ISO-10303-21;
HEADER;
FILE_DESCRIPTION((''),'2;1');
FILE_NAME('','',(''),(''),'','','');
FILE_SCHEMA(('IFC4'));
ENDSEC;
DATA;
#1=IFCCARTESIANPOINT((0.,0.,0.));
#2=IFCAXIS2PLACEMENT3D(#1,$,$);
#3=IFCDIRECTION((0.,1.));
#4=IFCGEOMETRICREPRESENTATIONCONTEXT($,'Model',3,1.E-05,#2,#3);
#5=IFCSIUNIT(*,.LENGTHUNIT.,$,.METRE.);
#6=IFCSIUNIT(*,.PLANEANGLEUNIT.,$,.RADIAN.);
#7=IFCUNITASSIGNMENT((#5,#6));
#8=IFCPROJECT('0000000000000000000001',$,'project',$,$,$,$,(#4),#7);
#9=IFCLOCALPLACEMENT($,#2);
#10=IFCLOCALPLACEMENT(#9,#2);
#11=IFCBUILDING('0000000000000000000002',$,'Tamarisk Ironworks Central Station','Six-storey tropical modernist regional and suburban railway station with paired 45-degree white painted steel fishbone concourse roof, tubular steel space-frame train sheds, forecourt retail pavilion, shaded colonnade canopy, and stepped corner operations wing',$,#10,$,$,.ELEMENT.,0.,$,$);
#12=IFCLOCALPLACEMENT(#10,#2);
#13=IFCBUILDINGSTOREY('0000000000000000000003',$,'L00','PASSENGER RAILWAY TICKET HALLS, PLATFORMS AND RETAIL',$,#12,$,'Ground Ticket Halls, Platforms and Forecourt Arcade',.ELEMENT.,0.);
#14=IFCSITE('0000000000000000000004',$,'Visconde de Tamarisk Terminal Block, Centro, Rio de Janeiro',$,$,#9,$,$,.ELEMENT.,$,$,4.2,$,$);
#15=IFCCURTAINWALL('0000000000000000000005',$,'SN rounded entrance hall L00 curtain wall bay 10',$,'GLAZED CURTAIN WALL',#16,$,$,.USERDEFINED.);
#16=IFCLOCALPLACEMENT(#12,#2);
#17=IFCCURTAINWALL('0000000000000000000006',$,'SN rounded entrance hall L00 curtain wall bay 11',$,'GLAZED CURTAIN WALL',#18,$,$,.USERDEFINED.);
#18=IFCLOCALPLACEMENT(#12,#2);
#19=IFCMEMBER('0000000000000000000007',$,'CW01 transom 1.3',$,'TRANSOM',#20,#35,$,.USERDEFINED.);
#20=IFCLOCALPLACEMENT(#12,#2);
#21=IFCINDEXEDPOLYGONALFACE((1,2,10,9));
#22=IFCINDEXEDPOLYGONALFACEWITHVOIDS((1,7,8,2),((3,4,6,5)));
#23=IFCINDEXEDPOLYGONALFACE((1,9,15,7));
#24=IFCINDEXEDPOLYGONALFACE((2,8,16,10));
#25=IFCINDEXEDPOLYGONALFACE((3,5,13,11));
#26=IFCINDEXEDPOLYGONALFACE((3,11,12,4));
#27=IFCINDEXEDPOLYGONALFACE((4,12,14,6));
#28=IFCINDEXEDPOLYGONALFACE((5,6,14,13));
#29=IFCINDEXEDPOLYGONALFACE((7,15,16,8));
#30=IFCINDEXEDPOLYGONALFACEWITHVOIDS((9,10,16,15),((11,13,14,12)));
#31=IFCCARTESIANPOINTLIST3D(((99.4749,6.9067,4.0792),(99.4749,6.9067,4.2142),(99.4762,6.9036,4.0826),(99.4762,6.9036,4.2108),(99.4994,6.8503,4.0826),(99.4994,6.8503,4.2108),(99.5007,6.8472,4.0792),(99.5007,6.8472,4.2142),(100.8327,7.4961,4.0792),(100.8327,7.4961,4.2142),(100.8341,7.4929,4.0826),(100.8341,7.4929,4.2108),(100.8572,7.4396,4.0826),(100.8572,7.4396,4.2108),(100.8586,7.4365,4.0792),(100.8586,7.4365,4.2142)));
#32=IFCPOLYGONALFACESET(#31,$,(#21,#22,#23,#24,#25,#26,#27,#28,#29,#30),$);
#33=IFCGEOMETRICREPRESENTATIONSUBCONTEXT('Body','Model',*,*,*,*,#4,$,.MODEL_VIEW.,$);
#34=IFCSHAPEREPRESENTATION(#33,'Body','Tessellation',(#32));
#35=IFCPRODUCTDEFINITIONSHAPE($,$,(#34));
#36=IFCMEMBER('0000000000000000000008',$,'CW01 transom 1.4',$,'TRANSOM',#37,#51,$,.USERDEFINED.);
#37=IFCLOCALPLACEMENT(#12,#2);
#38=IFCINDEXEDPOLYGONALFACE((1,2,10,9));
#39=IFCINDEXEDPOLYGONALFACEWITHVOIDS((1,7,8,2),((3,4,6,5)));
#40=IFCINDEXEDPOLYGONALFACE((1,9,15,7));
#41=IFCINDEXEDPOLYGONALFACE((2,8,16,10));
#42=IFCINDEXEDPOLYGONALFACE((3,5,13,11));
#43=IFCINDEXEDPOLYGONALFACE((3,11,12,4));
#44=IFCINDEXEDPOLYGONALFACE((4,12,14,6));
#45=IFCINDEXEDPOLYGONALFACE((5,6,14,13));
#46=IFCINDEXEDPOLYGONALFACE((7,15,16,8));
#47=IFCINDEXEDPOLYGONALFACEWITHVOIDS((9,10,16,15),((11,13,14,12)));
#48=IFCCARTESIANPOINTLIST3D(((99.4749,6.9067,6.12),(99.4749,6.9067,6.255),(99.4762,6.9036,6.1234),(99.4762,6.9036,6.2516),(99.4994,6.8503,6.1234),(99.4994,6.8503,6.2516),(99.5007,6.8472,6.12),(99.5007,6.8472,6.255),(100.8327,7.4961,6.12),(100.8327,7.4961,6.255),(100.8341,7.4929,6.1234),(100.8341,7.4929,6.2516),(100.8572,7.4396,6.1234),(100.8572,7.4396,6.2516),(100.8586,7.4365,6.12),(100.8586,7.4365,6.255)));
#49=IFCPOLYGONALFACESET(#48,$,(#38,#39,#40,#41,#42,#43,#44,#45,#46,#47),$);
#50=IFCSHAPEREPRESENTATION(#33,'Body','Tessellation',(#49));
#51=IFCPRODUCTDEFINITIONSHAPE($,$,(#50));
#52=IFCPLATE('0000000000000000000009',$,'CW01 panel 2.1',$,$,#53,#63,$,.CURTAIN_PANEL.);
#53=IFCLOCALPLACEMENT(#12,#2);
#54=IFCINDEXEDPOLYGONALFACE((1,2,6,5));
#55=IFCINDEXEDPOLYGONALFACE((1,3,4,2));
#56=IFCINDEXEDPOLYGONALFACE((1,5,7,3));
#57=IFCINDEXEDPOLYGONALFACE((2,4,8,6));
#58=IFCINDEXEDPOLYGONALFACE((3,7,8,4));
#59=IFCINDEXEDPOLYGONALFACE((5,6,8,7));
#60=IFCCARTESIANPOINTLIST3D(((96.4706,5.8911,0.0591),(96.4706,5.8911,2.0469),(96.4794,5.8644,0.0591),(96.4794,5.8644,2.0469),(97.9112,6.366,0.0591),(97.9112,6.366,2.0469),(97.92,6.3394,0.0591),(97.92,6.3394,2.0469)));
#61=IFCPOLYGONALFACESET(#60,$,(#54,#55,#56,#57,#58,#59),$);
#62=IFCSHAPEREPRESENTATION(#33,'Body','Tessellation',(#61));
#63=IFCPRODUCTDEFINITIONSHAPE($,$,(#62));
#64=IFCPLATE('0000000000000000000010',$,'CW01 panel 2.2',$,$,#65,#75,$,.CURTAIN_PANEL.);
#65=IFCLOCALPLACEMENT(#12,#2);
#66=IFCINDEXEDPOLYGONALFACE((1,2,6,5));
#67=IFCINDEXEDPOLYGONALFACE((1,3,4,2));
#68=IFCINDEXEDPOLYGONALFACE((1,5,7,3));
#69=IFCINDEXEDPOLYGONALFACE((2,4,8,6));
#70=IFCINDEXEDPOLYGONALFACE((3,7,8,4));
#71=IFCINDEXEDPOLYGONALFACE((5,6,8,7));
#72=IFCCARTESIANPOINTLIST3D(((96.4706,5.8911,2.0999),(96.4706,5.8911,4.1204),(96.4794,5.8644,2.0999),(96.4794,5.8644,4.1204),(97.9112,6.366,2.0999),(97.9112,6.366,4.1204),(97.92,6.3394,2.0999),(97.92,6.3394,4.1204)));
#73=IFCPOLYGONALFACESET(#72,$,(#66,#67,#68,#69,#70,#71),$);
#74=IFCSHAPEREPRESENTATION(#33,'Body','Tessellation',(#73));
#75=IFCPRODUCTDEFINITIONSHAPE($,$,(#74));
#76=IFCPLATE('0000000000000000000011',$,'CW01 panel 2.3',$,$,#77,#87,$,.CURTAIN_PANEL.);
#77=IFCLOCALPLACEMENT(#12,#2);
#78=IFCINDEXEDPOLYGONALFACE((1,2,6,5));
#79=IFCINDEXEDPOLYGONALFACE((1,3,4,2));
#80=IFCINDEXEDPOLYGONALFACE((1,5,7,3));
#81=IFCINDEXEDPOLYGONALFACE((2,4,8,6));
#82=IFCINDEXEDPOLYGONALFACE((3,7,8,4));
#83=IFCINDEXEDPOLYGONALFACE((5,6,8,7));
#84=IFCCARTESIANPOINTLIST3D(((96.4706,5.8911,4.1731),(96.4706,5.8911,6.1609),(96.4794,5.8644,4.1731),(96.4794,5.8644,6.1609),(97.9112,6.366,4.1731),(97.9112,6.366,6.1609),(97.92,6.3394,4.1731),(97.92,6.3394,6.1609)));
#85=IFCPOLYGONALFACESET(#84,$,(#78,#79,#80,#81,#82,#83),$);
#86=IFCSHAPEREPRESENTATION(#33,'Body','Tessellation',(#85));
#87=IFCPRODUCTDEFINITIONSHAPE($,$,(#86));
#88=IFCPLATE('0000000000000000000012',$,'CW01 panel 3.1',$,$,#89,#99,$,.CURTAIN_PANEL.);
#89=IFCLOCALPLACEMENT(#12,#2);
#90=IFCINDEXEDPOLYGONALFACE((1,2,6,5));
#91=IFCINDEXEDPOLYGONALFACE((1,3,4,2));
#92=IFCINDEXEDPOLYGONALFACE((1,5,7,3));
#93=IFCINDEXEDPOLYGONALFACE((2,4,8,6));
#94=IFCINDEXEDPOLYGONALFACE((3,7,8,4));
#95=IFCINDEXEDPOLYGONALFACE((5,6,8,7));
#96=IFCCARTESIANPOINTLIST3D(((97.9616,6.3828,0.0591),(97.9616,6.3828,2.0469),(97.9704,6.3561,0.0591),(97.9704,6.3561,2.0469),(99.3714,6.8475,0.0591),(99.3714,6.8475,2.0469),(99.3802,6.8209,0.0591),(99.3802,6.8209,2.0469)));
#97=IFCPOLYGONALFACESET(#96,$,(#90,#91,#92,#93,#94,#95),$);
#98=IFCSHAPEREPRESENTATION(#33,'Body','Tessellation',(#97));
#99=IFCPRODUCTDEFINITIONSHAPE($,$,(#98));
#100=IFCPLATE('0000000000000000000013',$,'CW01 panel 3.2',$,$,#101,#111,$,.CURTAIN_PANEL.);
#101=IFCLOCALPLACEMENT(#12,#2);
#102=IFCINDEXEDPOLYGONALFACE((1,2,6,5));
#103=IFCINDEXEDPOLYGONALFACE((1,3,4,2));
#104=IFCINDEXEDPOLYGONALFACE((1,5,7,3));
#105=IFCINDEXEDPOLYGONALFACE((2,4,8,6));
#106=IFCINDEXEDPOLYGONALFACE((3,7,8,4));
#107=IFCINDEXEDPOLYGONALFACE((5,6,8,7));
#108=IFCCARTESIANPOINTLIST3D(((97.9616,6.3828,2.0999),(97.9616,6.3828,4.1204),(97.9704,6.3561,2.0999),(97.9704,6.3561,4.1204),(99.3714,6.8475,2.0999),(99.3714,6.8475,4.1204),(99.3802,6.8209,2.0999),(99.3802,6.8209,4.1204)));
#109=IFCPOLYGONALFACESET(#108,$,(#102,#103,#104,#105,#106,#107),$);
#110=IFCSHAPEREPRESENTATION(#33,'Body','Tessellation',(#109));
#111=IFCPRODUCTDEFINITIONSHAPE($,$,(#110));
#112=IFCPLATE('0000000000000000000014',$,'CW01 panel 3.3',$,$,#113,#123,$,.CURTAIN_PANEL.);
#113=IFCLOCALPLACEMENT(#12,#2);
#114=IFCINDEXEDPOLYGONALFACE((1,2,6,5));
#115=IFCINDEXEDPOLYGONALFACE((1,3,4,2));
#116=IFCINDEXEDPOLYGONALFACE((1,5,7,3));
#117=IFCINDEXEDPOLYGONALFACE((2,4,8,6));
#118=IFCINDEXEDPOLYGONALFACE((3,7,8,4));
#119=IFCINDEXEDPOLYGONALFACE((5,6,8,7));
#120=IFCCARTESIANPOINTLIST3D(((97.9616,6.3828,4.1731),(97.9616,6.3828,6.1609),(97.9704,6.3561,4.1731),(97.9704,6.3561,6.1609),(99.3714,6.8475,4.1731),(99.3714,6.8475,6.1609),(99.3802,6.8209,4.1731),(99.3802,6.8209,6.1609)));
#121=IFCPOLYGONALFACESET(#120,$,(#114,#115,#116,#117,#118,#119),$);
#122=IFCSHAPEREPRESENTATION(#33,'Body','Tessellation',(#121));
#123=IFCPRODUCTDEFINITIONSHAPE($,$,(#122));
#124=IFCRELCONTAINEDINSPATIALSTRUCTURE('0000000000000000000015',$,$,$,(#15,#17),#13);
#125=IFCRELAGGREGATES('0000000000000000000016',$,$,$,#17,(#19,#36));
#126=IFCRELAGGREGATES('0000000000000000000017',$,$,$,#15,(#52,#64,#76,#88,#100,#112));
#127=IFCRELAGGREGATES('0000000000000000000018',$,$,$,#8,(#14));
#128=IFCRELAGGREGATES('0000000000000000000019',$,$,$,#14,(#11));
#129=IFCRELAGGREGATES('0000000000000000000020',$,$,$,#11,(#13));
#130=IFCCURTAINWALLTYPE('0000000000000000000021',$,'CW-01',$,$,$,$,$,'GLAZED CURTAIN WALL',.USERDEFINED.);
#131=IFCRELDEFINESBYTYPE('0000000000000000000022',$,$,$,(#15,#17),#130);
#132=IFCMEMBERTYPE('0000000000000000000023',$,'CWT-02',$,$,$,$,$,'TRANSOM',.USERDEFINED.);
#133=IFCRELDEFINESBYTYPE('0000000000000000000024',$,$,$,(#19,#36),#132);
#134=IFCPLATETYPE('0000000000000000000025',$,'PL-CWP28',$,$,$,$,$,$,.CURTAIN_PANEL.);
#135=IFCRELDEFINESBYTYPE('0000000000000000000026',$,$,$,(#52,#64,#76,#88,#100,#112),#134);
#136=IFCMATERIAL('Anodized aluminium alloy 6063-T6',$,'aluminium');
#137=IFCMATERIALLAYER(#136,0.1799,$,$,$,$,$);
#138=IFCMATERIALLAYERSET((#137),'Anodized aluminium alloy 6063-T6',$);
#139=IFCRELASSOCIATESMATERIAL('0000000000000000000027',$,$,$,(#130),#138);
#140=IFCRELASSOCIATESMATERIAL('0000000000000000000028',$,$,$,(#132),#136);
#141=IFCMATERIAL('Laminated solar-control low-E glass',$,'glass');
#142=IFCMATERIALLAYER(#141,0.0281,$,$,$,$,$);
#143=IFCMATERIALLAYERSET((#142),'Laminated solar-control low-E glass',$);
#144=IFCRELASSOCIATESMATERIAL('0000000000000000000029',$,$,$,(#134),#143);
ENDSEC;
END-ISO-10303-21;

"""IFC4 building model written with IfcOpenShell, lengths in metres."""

from ifc_helpers import new_model, si_unit, direction, frame, origin, origin_2d, place, context, subcontext, project, spatial, rectangle, hollow_rectangle, extrude, material, layer, layer_set, material_profile, profile_set, type_object, element, aggregate, save


model = new_model("IFC4")

# Units and contexts
model_context = context("Model", 3, precision=1e-05, world=origin(), true_north=direction((0.0, 1.0)))
body_context = subcontext(model_context, "Body", "Model", "MODEL_VIEW")
ifc_project = project(units=[si_unit("LENGTHUNIT", "METRE"), si_unit("PLANEANGLEUNIT", "RADIAN")], contexts=[model_context])

# Site, building, storey
site_placement = place(None, origin())
site = spatial("IfcSite", under=ifc_project, at=site_placement, Name="Visconde de Tamarisk Terminal Block, Centro, Rio de Janeiro", CompositionType="ELEMENT", RefElevation=4.2)
building_placement = place(site_placement, origin())
building = spatial("IfcBuilding", under=site, at=building_placement, Name="Tamarisk Ironworks Central Station", Description="Six-storey tropical modernist regional and suburban railway station with paired 45-degree white painted steel fishbone concourse roof, tubular steel space-frame train sheds, forecourt retail pavilion, shaded colonnade canopy, and stepped corner operations wing", CompositionType="ELEMENT", ElevationOfRefHeight=0.0)
storey_placement = place(building_placement, origin())
storey = spatial("IfcBuildingStorey", under=building, at=storey_placement, Name="L00", Description="PASSENGER RAILWAY TICKET HALLS, PLATFORMS AND RETAIL", LongName="Ground Ticket Halls, Platforms and Forecourt Arcade", CompositionType="ELEMENT", Elevation=0.0)

# Curtain wall
ifc_material_1 = material(Name="Anodized aluminium alloy 6063-T6", Category="aluminium")
ifc_layer_1 = layer(ifc_material_1, 0.1799)
ifc_layer_set_1 = layer_set([ifc_layer_1], Name="Anodized aluminium alloy 6063-T6")
curtain_wall_type = type_object("IfcCurtainWallType", Name="CW-01", ElementType="GLAZED CURTAIN WALL", PredefinedType="USERDEFINED", material=ifc_layer_set_1)
curtain_wall_1_placement = place(storey_placement, origin())
curtain_wall_1 = element("IfcCurtainWall", 1, at=curtain_wall_1_placement, inside=storey, type_object=curtain_wall_type, Name="SN rounded entrance hall L00 curtain wall bay 10", ObjectType="GLAZED CURTAIN WALL", PredefinedType="USERDEFINED")

# Curtain wall
curtain_wall_2_placement = place(storey_placement, origin())
curtain_wall_2 = element("IfcCurtainWall", 2, at=curtain_wall_2_placement, inside=storey, type_object=curtain_wall_type, Name="SN rounded entrance hall L00 curtain wall bay 11", ObjectType="GLAZED CURTAIN WALL", PredefinedType="USERDEFINED")

# Members
ifc_material_profile_1 = material_profile(ifc_material_1, hollow_rectangle(XDim=0.0649, YDim=0.135, WallThickness=0.0034, at=origin_2d()), Name="ALUM 135x65")
ifc_profile_set_1 = profile_set([ifc_material_profile_1], Name="Anodized aluminium alloy 6063-T6")
member_type_1 = type_object("IfcMemberType", Name="CWT-02", ElementType="TRANSOM", PredefinedType="USERDEFINED", material=ifc_profile_set_1)
member_1_placement = place(storey_placement, frame((99.4878, 6.877, 4.1467), z_axis=(0.917327, 0.398135, 0.0), x_axis=(-0.398135, 0.917327, 0.0)))
member_1 = element("IfcMember", 3, at=member_1_placement, type_object=member_type_1, Name="CW01 transom 1.3", ObjectType="TRANSOM", PredefinedType="USERDEFINED", context=body_context, shape_type="SweptSolid", body=[
    extrude(hollow_rectangle(XDim=0.0649, YDim=0.135, WallThickness=0.0034, at=origin_2d()), origin(), (0.0, 0.0, 1.0), 1.4802),
])
member_2_placement = place(storey_placement, frame((99.4878, 6.877, 6.1875), z_axis=(0.917327, 0.398135, 0.0), x_axis=(-0.398135, 0.917327, 0.0)))
member_2 = element("IfcMember", 4, at=member_2_placement, type_object=member_type_1, Name="CW01 transom 1.4", ObjectType="TRANSOM", PredefinedType="USERDEFINED", context=body_context, shape_type="SweptSolid", body=[
    extrude(hollow_rectangle(XDim=0.0649, YDim=0.135, WallThickness=0.0034, at=origin_2d()), origin(), (0.0, 0.0, 1.0), 1.4802),
])
aggregate(curtain_wall_2, [member_1, member_2])

# Plates
ifc_material_2 = material(Name="Laminated solar-control low-E glass", Category="glass")
ifc_layer_2 = layer(ifc_material_2, 0.0281)
ifc_layer_set_2 = layer_set([ifc_layer_2], Name="Laminated solar-control low-E glass")
plate_type = type_object("IfcPlateType", Name="PL-CWP28", PredefinedType="CURTAIN_PANEL", material=ifc_layer_set_2)
plate_1_placement = place(storey_placement, frame((97.1953, 6.1152, 0.0591), z_axis=(0.0, 0.0, 1.0), x_axis=(0.949721, 0.313098, 0.0)))
plate_1 = element("IfcPlate", 5, at=plate_1_placement, type_object=plate_type, Name="CW01 panel 2.1", PredefinedType="CURTAIN_PANEL", context=body_context, shape_type="SweptSolid", body=[
    extrude(rectangle(XDim=1.5168, YDim=0.0281, at=origin_2d()), origin(), (0.0, 0.0, 1.0), 1.9878),
])
plate_2_placement = place(storey_placement, frame((97.1953, 6.1152, 2.0999), z_axis=(0.0, 0.0, 1.0), x_axis=(0.949721, 0.313098, 0.0)))
plate_2 = element("IfcPlate", 6, at=plate_2_placement, type_object=plate_type, Name="CW01 panel 2.2", PredefinedType="CURTAIN_PANEL", context=body_context, shape_type="SweptSolid", body=[
    extrude(rectangle(XDim=1.5168, YDim=0.0281, at=origin_2d()), origin(), (0.0, 0.0, 1.0), 2.0205),
])
plate_3_placement = place(storey_placement, frame((97.1953, 6.1152, 4.1731), z_axis=(0.0, 0.0, 1.0), x_axis=(0.949721, 0.313098, 0.0)))
plate_3 = element("IfcPlate", 7, at=plate_3_placement, type_object=plate_type, Name="CW01 panel 2.3", PredefinedType="CURTAIN_PANEL", context=body_context, shape_type="SweptSolid", body=[
    extrude(rectangle(XDim=1.5168, YDim=0.0281, at=origin_2d()), origin(), (0.0, 0.0, 1.0), 1.9878),
])
plate_4_placement = place(storey_placement, frame((98.6709, 6.6018, 0.0591), z_axis=(0.0, 0.0, 1.0), x_axis=(0.949721, 0.313098, 0.0)))
plate_4 = element("IfcPlate", 8, at=plate_4_placement, type_object=plate_type, Name="CW01 panel 3.1", PredefinedType="CURTAIN_PANEL", context=body_context, shape_type="SweptSolid", body=[
    extrude(rectangle(XDim=1.4844, YDim=0.0281, at=origin_2d()), origin(), (0.0, 0.0, 1.0), 1.9878),
])
plate_5_placement = place(storey_placement, frame((98.6709, 6.6018, 2.0999), z_axis=(0.0, 0.0, 1.0), x_axis=(0.949721, 0.313098, 0.0)))
plate_5 = element("IfcPlate", 9, at=plate_5_placement, type_object=plate_type, Name="CW01 panel 3.2", PredefinedType="CURTAIN_PANEL", context=body_context, shape_type="SweptSolid", body=[
    extrude(rectangle(XDim=1.4844, YDim=0.0281, at=origin_2d()), origin(), (0.0, 0.0, 1.0), 2.0205),
])
plate_6_placement = place(storey_placement, frame((98.6709, 6.6018, 4.1731), z_axis=(0.0, 0.0, 1.0), x_axis=(0.949721, 0.313098, 0.0)))
plate_6 = element("IfcPlate", 10, at=plate_6_placement, type_object=plate_type, Name="CW01 panel 3.3", PredefinedType="CURTAIN_PANEL", context=body_context, shape_type="SweptSolid", body=[
    extrude(rectangle(XDim=1.4844, YDim=0.0281, at=origin_2d()), origin(), (0.0, 0.0, 1.0), 1.9878),
])
aggregate(curtain_wall_1, [plate_1, plate_2, plate_3, plate_4, plate_5, plate_6])

save(model, "model.ifc")
